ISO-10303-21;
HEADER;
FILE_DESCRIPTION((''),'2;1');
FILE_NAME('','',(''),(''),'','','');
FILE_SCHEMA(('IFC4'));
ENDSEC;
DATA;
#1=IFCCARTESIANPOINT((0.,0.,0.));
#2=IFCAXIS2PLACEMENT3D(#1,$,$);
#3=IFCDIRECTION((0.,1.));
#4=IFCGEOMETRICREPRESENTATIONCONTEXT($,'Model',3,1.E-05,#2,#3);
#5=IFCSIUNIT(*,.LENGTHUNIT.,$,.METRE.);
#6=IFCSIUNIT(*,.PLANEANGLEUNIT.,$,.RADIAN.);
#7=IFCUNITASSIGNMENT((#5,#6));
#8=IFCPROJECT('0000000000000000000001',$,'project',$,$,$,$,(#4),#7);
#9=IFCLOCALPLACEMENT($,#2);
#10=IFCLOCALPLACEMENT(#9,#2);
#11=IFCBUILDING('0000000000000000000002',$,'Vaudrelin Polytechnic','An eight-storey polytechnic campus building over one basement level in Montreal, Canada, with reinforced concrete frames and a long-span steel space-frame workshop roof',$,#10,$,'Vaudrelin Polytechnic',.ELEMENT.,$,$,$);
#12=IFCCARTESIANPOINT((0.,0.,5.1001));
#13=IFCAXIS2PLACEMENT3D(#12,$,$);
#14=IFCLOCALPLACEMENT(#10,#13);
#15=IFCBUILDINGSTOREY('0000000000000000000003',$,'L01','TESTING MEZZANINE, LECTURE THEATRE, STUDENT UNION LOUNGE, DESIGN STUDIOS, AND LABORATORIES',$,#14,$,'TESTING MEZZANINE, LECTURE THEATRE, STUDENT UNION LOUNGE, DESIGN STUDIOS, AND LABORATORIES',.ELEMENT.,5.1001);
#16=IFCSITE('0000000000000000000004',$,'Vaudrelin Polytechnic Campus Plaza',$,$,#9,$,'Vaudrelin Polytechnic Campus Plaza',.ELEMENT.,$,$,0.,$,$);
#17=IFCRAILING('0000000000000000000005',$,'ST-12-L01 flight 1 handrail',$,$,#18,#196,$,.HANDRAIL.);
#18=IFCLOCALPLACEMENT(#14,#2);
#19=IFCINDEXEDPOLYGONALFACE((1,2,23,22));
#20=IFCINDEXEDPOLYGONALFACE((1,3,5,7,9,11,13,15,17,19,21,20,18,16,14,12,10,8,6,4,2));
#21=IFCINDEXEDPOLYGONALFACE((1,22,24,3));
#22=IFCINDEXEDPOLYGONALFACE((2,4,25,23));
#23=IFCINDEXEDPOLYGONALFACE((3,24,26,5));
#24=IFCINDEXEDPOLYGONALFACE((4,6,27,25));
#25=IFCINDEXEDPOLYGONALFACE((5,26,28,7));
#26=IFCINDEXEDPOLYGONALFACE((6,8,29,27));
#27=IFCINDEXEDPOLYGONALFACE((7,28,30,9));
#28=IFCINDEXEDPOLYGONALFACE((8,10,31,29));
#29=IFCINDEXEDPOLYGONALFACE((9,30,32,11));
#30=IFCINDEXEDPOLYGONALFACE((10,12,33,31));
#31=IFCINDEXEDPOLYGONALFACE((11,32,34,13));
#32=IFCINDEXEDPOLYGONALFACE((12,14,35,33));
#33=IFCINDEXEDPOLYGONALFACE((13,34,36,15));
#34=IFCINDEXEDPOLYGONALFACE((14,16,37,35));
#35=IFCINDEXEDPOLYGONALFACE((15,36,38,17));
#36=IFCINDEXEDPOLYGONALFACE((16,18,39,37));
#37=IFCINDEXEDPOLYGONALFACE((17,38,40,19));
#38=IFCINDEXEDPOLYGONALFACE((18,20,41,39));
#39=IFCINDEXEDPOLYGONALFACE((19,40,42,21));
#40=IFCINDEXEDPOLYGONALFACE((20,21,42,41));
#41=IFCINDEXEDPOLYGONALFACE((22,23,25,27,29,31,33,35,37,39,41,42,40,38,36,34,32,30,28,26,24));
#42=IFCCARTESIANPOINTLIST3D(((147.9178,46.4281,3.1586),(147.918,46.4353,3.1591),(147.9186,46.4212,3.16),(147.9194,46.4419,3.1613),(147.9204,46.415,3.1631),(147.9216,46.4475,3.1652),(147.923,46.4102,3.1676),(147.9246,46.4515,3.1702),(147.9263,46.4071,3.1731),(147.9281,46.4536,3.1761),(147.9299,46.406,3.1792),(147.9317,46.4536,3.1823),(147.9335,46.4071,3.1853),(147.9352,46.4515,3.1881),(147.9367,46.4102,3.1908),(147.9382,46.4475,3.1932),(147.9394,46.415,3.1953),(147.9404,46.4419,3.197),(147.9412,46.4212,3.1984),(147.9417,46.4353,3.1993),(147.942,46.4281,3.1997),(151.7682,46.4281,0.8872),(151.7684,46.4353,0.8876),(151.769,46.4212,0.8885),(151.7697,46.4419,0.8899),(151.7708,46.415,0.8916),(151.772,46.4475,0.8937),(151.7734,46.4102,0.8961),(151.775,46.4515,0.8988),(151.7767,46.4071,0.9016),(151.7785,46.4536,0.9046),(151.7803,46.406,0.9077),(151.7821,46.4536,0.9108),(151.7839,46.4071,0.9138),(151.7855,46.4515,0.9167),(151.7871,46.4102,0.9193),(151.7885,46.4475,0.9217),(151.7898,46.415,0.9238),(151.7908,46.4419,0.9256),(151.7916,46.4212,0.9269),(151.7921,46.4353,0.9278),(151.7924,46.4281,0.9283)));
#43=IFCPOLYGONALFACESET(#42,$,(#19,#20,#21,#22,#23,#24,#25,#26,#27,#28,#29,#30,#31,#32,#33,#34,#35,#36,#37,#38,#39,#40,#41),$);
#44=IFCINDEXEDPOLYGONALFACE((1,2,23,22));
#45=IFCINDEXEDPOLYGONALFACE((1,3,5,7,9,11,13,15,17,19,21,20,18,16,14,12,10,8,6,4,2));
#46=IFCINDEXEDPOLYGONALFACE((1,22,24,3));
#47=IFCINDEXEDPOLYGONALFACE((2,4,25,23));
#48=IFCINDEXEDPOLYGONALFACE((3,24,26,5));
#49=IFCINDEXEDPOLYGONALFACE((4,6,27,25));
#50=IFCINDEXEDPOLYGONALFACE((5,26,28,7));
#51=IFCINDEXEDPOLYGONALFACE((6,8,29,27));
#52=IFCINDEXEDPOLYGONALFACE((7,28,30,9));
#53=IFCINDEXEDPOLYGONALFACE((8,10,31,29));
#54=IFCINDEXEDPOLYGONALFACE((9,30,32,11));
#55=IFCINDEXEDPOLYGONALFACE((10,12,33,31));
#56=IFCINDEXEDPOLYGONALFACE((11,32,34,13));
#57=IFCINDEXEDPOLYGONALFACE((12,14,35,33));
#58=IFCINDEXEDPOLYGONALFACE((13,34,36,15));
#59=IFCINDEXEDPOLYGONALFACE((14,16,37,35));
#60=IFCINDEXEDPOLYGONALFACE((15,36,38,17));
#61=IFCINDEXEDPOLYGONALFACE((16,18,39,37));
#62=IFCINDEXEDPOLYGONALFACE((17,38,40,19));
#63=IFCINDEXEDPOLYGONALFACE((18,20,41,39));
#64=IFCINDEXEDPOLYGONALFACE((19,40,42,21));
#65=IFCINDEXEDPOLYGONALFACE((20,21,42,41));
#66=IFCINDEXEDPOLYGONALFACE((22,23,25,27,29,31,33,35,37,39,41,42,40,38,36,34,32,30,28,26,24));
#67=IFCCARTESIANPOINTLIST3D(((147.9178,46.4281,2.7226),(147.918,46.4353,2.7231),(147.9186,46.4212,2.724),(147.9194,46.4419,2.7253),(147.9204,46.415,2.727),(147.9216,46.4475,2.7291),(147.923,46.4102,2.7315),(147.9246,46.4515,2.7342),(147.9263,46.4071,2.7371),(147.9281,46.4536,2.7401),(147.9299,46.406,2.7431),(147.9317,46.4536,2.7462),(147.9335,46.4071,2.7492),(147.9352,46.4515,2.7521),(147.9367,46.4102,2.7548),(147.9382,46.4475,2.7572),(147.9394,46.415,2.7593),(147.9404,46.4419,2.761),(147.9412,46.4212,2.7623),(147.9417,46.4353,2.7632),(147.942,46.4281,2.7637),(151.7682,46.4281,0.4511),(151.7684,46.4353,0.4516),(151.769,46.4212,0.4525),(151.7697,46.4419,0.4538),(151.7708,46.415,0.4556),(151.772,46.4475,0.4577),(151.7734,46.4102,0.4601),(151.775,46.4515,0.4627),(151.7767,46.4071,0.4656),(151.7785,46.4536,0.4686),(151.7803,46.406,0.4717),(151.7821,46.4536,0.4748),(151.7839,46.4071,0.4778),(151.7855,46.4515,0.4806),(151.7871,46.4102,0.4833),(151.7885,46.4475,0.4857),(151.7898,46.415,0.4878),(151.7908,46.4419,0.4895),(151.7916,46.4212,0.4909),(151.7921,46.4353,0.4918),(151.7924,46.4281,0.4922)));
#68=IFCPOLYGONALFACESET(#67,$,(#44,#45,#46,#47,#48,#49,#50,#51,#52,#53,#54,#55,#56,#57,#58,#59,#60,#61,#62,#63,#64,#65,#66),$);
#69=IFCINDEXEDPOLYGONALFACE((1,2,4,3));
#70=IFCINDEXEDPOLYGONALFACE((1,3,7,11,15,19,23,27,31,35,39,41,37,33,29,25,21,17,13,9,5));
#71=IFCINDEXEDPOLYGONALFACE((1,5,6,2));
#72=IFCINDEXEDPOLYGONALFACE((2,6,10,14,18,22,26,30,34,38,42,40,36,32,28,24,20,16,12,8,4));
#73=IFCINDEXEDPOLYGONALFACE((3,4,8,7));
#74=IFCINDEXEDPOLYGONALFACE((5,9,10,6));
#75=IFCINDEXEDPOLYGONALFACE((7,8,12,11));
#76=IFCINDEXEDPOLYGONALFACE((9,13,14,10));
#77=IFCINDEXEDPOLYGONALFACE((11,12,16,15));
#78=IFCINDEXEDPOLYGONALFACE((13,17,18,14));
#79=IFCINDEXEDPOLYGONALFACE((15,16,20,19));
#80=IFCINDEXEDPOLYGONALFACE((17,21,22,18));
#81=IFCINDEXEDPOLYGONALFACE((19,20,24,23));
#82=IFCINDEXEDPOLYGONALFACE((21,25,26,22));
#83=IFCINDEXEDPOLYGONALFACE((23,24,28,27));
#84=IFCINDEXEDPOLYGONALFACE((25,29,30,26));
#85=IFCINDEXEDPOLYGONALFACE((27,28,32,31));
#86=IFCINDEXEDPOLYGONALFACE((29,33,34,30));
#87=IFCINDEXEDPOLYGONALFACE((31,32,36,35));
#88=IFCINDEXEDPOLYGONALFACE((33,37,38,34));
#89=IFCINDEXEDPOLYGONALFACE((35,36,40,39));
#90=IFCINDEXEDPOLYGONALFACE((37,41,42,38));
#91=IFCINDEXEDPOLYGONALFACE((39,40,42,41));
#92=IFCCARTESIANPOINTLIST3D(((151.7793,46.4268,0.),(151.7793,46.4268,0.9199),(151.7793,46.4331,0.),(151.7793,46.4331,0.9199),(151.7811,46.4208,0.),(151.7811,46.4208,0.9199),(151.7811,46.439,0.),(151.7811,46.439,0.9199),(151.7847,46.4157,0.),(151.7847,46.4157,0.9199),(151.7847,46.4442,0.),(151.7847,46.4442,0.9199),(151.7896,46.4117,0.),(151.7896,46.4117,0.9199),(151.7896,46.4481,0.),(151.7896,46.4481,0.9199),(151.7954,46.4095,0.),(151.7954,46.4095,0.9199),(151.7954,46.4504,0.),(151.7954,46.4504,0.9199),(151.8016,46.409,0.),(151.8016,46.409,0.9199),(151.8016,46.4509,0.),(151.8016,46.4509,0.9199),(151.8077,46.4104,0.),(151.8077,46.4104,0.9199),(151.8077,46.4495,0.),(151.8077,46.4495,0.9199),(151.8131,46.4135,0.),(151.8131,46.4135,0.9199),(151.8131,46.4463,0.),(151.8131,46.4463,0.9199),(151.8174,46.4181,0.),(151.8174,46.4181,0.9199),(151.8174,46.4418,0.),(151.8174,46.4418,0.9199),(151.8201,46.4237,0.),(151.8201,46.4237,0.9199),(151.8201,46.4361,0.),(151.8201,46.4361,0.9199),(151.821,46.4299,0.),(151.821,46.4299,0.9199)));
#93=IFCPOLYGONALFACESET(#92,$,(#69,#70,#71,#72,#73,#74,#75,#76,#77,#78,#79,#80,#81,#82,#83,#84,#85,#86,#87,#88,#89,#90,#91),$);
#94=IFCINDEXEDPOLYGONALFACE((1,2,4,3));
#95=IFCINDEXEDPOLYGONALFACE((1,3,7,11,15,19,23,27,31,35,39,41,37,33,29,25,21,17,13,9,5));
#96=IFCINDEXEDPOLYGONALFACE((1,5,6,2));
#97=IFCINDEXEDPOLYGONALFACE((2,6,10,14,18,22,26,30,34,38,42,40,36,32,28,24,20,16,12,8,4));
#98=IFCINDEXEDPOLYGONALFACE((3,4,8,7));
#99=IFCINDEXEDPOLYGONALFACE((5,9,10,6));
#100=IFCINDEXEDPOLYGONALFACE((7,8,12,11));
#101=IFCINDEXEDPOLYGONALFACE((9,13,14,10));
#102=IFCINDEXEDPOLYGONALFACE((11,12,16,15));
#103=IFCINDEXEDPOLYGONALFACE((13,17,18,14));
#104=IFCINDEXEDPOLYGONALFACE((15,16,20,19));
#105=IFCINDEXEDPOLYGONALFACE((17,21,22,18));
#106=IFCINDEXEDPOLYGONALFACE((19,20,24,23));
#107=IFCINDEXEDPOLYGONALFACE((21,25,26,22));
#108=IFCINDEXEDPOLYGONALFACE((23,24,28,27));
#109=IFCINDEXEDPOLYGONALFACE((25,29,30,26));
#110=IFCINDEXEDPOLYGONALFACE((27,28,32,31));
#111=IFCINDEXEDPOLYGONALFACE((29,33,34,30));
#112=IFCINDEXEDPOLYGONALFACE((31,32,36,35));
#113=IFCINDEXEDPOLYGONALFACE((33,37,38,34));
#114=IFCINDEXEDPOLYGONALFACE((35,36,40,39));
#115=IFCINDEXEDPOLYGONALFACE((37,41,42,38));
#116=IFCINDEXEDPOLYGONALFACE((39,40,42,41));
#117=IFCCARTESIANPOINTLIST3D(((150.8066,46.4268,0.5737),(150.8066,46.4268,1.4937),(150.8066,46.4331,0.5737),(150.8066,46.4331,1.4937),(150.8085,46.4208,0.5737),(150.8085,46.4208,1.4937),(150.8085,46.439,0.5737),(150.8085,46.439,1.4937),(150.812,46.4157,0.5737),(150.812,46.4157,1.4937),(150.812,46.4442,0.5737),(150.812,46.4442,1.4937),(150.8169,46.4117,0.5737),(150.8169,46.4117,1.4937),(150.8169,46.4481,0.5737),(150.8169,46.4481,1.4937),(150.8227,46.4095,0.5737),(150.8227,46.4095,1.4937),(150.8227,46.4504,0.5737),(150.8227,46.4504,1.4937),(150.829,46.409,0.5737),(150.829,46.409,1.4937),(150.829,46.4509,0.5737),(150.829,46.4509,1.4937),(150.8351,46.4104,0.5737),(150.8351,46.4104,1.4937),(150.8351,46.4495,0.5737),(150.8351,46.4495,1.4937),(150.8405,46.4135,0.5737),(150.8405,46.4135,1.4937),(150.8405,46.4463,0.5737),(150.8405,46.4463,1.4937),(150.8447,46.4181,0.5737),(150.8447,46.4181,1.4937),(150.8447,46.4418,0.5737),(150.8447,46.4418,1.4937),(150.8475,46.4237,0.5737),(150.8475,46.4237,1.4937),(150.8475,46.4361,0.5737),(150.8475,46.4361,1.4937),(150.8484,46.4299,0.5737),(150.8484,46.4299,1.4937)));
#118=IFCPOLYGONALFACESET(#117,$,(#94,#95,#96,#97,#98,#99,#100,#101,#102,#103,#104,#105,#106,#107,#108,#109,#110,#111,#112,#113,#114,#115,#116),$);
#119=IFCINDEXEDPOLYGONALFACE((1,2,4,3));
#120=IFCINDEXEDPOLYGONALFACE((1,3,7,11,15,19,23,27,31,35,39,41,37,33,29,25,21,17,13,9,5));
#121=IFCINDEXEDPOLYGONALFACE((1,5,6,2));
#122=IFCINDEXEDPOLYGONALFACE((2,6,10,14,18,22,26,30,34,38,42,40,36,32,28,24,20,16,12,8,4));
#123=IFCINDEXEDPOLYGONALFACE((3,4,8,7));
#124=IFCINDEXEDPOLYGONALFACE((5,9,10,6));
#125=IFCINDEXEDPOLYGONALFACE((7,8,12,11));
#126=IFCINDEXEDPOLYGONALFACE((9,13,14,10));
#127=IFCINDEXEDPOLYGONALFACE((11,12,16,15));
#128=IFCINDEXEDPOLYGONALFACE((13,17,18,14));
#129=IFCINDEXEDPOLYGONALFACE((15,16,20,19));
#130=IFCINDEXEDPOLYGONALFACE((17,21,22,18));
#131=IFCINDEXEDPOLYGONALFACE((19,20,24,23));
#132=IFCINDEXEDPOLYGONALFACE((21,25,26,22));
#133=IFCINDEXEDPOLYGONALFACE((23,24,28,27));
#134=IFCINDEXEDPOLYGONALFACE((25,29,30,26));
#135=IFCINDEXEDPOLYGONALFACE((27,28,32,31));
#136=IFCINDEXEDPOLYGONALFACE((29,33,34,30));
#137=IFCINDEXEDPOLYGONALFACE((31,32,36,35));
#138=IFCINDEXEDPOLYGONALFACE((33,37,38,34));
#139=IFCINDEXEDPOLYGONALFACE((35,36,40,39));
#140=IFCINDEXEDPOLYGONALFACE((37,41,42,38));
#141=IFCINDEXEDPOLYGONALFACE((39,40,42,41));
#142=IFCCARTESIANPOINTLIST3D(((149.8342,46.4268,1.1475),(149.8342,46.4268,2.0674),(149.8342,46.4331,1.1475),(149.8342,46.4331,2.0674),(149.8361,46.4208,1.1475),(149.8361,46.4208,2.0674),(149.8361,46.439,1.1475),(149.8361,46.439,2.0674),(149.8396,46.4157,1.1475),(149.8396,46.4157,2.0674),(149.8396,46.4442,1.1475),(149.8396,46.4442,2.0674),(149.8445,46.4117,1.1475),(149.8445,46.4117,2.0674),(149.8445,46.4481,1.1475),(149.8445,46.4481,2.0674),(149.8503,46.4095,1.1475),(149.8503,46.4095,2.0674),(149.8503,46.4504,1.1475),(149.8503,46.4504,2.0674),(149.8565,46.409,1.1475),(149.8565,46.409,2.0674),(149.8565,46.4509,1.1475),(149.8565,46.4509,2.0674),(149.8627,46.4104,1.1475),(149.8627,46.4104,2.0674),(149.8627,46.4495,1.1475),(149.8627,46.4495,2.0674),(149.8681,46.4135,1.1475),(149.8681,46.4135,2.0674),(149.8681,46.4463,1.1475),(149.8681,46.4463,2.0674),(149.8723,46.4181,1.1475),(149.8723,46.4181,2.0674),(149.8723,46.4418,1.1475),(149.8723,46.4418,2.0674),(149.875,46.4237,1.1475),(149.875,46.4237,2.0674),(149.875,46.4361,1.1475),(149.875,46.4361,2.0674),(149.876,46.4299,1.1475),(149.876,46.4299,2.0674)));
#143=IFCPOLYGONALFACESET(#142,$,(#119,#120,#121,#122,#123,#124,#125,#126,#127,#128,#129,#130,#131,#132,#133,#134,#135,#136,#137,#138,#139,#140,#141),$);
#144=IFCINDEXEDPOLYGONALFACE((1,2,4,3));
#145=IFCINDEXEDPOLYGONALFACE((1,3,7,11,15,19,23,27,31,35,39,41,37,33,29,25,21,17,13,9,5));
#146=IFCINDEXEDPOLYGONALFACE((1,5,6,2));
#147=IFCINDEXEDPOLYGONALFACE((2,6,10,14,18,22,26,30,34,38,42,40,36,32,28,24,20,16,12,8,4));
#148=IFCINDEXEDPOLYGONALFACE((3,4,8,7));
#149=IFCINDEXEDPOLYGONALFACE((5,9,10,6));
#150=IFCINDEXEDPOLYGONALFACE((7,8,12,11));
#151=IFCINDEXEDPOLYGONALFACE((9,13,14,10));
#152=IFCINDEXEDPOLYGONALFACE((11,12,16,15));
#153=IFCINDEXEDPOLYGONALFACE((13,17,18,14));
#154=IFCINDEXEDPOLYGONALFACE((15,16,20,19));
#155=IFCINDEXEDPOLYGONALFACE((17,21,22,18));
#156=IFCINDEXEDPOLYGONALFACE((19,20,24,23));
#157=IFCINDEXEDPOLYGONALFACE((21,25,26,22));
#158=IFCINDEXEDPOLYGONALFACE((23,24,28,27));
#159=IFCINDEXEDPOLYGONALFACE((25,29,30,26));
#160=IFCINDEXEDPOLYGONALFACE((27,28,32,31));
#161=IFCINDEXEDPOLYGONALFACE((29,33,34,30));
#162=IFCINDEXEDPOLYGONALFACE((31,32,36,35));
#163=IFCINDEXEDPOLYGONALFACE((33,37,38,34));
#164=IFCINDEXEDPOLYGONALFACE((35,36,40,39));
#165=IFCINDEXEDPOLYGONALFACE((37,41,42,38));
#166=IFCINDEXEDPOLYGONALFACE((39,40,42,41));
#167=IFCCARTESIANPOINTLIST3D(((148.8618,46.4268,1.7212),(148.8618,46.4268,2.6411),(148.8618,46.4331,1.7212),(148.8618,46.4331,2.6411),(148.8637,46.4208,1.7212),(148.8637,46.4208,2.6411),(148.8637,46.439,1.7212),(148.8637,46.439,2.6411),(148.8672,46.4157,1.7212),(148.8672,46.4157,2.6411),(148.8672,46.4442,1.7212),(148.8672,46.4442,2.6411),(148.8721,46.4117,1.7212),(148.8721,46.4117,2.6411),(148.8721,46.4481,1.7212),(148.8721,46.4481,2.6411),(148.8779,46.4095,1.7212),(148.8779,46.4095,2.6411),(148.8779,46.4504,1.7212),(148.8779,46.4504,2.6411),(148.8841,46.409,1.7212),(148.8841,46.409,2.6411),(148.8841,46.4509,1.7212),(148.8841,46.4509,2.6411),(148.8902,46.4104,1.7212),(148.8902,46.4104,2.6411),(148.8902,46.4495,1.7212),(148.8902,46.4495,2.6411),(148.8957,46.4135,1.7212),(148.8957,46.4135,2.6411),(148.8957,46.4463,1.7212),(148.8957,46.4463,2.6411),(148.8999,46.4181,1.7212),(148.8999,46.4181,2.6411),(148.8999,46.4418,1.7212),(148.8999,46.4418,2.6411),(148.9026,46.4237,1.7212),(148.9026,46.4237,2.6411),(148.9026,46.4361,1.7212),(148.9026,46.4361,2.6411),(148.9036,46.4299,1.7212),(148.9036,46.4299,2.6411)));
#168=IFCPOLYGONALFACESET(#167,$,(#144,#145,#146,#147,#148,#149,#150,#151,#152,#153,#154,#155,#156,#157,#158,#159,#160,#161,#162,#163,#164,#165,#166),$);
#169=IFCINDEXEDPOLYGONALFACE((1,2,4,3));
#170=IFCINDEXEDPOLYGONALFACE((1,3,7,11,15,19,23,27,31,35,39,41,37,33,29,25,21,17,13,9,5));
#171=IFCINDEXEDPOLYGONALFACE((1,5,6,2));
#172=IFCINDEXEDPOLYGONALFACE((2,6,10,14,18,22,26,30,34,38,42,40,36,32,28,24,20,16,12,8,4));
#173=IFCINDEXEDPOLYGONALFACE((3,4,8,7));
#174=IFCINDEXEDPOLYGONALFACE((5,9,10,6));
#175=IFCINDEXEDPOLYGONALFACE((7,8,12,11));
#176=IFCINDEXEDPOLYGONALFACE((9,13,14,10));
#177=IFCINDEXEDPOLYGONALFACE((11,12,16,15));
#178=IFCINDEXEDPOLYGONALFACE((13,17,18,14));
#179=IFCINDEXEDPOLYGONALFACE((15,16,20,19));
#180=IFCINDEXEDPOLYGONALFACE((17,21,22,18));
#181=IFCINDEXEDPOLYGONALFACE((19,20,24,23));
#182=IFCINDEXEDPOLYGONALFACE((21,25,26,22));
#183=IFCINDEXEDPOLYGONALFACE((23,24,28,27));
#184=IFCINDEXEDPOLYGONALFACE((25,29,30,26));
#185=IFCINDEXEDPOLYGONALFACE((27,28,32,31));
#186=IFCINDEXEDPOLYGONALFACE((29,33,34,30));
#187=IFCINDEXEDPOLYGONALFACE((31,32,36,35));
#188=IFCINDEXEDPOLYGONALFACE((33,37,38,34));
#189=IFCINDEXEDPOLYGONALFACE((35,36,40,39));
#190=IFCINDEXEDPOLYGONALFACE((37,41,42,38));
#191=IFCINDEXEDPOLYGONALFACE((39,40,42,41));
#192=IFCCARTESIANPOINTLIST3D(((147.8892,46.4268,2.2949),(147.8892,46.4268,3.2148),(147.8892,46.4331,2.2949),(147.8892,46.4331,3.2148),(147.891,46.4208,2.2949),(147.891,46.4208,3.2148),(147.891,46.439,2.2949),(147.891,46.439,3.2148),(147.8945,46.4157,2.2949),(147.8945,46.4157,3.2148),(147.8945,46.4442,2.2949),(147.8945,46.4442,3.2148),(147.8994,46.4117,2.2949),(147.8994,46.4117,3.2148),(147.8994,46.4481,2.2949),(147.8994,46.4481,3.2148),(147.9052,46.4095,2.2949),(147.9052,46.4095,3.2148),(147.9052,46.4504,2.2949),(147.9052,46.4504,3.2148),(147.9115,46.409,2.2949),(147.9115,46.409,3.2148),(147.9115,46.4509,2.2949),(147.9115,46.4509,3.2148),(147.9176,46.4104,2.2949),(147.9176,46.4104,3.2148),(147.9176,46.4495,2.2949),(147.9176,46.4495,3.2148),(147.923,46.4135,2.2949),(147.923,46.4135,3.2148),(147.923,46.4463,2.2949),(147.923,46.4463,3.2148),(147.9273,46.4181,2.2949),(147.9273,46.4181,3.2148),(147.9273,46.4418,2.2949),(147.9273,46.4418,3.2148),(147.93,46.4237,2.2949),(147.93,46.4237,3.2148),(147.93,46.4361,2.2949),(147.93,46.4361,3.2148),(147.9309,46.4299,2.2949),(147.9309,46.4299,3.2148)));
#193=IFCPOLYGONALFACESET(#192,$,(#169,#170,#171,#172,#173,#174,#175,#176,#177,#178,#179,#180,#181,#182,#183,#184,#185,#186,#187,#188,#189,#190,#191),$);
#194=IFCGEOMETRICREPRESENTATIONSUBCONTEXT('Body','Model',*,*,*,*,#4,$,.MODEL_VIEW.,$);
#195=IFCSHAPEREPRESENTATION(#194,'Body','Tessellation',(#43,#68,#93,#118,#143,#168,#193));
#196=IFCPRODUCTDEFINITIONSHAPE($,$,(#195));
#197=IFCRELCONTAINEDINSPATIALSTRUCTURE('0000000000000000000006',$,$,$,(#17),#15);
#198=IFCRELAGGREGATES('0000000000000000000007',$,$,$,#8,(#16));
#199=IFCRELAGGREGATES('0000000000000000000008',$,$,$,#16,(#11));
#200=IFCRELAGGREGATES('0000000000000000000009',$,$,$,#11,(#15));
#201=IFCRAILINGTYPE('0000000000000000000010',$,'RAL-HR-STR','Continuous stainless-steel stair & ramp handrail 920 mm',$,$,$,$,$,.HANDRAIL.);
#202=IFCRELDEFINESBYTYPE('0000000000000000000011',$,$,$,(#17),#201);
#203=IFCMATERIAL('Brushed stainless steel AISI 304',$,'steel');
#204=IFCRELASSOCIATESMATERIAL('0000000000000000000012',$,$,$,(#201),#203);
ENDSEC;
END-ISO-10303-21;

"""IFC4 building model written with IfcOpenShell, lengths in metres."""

from ifc_helpers import new_model, si_unit, direction, frame, origin, origin_2d, place, context, subcontext, project, spatial, circle, extrude, material, type_object, element, save


model = new_model("IFC4")

# Units and contexts
model_context = context("Model", 3, precision=1e-05, world=origin(), true_north=direction((0.0, 1.0)))
body_context = subcontext(model_context, "Body", "Model", "MODEL_VIEW")
ifc_project = project(units=[si_unit("LENGTHUNIT", "METRE"), si_unit("PLANEANGLEUNIT", "RADIAN")], contexts=[model_context])

# Site, building, storey
site_placement = place(None, origin())
site = spatial("IfcSite", under=ifc_project, at=site_placement, Name="Vaudrelin Polytechnic Campus Plaza", LongName="Vaudrelin Polytechnic Campus Plaza", CompositionType="ELEMENT", RefElevation=0.0)
building_placement = place(site_placement, origin())
building = spatial("IfcBuilding", under=site, at=building_placement, Name="Vaudrelin Polytechnic", Description="An eight-storey polytechnic campus building over one basement level in Montreal, Canada, with reinforced concrete frames and a long-span steel space-frame workshop roof", LongName="Vaudrelin Polytechnic", CompositionType="ELEMENT")
storey_placement = place(building_placement, frame((0.0, 0.0, 5.1001)))
storey = spatial("IfcBuildingStorey", under=building, at=storey_placement, Name="L01", Description="TESTING MEZZANINE, LECTURE THEATRE, STUDENT UNION LOUNGE, DESIGN STUDIOS, AND LABORATORIES", LongName="TESTING MEZZANINE, LECTURE THEATRE, STUDENT UNION LOUNGE, DESIGN STUDIOS, AND LABORATORIES", CompositionType="ELEMENT", Elevation=5.1001)

# Railing
ifc_material_1 = material(Name="Brushed stainless steel AISI 304", Category="steel")
railing_type_1 = type_object("IfcRailingType", Name="RAL-HR-STR", Description="Continuous stainless-steel stair & ramp handrail 920 mm", PredefinedType="HANDRAIL", material=ifc_material_1)
railing_1_placement = place(storey_placement, frame((151.8, 46.4299, 0.0)))
element("IfcRailing", 1, at=railing_1_placement, inside=storey, type_object=railing_type_1, Name="ST-12-L01 flight 1 handrail", PredefinedType="HANDRAIL", context=body_context, shape_type="SweptSolid", body=[
    extrude(circle(Radius=0.0239, at=origin_2d()), frame((-0.0198, 0.0, 0.9077), z_axis=(-0.861294, 0.0, 0.508106), x_axis=(0.0, -1.0, 0.0)), (0.0, 0.0, 1.0), 4.4705),
    extrude(circle(Radius=0.0239, at=origin_2d()), frame((-0.0198, 0.0, 0.4717), z_axis=(-0.861294, 0.0, 0.508106), x_axis=(0.0, -1.0, 0.0)), (0.0, 0.0, 1.0), 4.4705),
    extrude(circle(Radius=0.021, at=origin_2d()), origin(), (0.0, 0.0, 1.0), 0.9199),
    extrude(circle(Radius=0.021, at=origin_2d()), frame((-0.9727, 0.0, 0.5737)), (0.0, 0.0, 1.0), 0.9199),
    extrude(circle(Radius=0.021, at=origin_2d()), frame((-1.9451, 0.0, 1.1475)), (0.0, 0.0, 1.0), 0.9199),
    extrude(circle(Radius=0.021, at=origin_2d()), frame((-2.9175, 0.0, 1.7212)), (0.0, 0.0, 1.0), 0.9199),
    extrude(circle(Radius=0.021, at=origin_2d()), frame((-3.8901, 0.0, 2.2949)), (0.0, 0.0, 1.0), 0.9199),
])

save(model, "model.ifc")
